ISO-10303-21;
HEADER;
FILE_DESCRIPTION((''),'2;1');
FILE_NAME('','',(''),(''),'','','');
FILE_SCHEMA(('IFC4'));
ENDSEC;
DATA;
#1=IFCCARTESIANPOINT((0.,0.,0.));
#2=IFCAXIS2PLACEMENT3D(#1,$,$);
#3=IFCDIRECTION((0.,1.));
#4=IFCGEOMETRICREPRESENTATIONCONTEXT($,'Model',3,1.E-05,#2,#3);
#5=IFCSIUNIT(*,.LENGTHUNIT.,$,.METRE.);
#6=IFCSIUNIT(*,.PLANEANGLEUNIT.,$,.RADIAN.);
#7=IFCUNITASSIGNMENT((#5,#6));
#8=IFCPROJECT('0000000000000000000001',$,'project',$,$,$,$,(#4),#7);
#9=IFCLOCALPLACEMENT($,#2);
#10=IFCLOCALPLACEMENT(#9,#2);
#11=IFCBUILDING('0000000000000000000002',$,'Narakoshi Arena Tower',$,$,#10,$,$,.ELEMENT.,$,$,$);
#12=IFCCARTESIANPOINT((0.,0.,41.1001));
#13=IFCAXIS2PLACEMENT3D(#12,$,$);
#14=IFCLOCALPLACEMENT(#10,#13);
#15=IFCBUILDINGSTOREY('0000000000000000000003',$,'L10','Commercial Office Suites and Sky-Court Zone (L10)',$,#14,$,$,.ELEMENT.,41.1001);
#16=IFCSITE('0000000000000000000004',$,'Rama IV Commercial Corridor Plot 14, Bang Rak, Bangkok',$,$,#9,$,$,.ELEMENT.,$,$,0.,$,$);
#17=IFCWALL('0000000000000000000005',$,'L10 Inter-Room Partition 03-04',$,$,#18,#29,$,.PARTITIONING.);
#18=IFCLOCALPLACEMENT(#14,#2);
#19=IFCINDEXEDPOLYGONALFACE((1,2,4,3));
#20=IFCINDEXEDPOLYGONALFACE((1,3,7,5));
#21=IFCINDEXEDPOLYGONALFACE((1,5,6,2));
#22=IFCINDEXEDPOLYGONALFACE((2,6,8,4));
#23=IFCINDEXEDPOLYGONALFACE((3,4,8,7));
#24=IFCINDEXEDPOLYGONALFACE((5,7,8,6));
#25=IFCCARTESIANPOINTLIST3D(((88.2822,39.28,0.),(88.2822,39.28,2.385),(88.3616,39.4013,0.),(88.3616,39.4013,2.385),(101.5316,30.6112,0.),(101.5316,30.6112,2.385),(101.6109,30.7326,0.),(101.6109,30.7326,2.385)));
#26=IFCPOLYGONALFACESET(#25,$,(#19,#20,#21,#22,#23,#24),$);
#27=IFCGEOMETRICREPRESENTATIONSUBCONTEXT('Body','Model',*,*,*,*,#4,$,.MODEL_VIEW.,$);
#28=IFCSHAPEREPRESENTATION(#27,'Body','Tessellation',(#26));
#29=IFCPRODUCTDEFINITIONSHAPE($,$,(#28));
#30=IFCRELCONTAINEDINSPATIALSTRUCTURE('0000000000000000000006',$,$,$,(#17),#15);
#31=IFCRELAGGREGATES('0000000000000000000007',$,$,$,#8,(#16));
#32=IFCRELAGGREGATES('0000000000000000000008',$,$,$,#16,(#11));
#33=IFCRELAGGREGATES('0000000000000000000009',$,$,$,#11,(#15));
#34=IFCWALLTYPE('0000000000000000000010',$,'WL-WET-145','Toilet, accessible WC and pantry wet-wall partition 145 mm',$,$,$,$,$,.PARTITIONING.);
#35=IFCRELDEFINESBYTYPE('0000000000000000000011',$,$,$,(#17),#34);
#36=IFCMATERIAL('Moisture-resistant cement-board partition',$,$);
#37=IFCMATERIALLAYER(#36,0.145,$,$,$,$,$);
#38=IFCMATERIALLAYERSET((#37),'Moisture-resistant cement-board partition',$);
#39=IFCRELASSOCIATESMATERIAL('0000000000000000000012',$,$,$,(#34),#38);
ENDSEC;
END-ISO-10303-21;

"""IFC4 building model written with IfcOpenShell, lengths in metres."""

from ifc_helpers import new_model, si_unit, direction, frame, frame_2d, origin, place, context, subcontext, project, spatial, rectangle, extrude, material, layer, layer_set, type_object, element, save


model = new_model("IFC4")

# Units and contexts
model_context = context("Model", 3, precision=1e-05, world=origin(), true_north=direction((0.0, 1.0)))
body_context = subcontext(model_context, "Body", "Model", "MODEL_VIEW")
ifc_project = project(units=[si_unit("LENGTHUNIT", "METRE"), si_unit("PLANEANGLEUNIT", "RADIAN")], contexts=[model_context])

# Site, building, storey
site_placement = place(None, origin())
site = spatial("IfcSite", under=ifc_project, at=site_placement, Name="Rama IV Commercial Corridor Plot 14, Bang Rak, Bangkok", CompositionType="ELEMENT", RefElevation=0.0)
building_placement = place(site_placement, origin())
building = spatial("IfcBuilding", under=site, at=building_placement, Name="Narakoshi Arena Tower", CompositionType="ELEMENT")
storey_placement = place(building_placement, frame((0.0, 0.0, 41.1001)))
storey = spatial("IfcBuildingStorey", under=building, at=storey_placement, Name="L10", Description="Commercial Office Suites and Sky-Court Zone (L10)", CompositionType="ELEMENT", Elevation=41.1001)

# Wall
ifc_material_1 = material(Name="Moisture-resistant cement-board partition")
ifc_layer_1 = layer(ifc_material_1, 0.145)
ifc_layer_set_1 = layer_set([ifc_layer_1], Name="Moisture-resistant cement-board partition")
wall_type_1 = type_object("IfcWallType", Name="WL-WET-145", Description="Toilet, accessible WC and pantry wet-wall partition 145 mm", PredefinedType="PARTITIONING", material=ifc_layer_set_1)
wall_1_placement = place(storey_placement, frame((88.322, 39.3406, 0.0), z_axis=(0.0, 0.0, 1.0), x_axis=(0.836804, -0.547502, 0.0)))
element("IfcWall", 1, at=wall_1_placement, inside=storey, type_object=wall_type_1, Name="L10 Inter-Room Partition 03-04", PredefinedType="PARTITIONING", context=body_context, shape_type="SweptSolid", body=[
    extrude(rectangle(XDim=15.8333, YDim=0.145, at=frame_2d((7.9165, 0.0))), origin(), (0.0, 0.0, 1.0), 2.385),
])

save(model, "model.ifc")
